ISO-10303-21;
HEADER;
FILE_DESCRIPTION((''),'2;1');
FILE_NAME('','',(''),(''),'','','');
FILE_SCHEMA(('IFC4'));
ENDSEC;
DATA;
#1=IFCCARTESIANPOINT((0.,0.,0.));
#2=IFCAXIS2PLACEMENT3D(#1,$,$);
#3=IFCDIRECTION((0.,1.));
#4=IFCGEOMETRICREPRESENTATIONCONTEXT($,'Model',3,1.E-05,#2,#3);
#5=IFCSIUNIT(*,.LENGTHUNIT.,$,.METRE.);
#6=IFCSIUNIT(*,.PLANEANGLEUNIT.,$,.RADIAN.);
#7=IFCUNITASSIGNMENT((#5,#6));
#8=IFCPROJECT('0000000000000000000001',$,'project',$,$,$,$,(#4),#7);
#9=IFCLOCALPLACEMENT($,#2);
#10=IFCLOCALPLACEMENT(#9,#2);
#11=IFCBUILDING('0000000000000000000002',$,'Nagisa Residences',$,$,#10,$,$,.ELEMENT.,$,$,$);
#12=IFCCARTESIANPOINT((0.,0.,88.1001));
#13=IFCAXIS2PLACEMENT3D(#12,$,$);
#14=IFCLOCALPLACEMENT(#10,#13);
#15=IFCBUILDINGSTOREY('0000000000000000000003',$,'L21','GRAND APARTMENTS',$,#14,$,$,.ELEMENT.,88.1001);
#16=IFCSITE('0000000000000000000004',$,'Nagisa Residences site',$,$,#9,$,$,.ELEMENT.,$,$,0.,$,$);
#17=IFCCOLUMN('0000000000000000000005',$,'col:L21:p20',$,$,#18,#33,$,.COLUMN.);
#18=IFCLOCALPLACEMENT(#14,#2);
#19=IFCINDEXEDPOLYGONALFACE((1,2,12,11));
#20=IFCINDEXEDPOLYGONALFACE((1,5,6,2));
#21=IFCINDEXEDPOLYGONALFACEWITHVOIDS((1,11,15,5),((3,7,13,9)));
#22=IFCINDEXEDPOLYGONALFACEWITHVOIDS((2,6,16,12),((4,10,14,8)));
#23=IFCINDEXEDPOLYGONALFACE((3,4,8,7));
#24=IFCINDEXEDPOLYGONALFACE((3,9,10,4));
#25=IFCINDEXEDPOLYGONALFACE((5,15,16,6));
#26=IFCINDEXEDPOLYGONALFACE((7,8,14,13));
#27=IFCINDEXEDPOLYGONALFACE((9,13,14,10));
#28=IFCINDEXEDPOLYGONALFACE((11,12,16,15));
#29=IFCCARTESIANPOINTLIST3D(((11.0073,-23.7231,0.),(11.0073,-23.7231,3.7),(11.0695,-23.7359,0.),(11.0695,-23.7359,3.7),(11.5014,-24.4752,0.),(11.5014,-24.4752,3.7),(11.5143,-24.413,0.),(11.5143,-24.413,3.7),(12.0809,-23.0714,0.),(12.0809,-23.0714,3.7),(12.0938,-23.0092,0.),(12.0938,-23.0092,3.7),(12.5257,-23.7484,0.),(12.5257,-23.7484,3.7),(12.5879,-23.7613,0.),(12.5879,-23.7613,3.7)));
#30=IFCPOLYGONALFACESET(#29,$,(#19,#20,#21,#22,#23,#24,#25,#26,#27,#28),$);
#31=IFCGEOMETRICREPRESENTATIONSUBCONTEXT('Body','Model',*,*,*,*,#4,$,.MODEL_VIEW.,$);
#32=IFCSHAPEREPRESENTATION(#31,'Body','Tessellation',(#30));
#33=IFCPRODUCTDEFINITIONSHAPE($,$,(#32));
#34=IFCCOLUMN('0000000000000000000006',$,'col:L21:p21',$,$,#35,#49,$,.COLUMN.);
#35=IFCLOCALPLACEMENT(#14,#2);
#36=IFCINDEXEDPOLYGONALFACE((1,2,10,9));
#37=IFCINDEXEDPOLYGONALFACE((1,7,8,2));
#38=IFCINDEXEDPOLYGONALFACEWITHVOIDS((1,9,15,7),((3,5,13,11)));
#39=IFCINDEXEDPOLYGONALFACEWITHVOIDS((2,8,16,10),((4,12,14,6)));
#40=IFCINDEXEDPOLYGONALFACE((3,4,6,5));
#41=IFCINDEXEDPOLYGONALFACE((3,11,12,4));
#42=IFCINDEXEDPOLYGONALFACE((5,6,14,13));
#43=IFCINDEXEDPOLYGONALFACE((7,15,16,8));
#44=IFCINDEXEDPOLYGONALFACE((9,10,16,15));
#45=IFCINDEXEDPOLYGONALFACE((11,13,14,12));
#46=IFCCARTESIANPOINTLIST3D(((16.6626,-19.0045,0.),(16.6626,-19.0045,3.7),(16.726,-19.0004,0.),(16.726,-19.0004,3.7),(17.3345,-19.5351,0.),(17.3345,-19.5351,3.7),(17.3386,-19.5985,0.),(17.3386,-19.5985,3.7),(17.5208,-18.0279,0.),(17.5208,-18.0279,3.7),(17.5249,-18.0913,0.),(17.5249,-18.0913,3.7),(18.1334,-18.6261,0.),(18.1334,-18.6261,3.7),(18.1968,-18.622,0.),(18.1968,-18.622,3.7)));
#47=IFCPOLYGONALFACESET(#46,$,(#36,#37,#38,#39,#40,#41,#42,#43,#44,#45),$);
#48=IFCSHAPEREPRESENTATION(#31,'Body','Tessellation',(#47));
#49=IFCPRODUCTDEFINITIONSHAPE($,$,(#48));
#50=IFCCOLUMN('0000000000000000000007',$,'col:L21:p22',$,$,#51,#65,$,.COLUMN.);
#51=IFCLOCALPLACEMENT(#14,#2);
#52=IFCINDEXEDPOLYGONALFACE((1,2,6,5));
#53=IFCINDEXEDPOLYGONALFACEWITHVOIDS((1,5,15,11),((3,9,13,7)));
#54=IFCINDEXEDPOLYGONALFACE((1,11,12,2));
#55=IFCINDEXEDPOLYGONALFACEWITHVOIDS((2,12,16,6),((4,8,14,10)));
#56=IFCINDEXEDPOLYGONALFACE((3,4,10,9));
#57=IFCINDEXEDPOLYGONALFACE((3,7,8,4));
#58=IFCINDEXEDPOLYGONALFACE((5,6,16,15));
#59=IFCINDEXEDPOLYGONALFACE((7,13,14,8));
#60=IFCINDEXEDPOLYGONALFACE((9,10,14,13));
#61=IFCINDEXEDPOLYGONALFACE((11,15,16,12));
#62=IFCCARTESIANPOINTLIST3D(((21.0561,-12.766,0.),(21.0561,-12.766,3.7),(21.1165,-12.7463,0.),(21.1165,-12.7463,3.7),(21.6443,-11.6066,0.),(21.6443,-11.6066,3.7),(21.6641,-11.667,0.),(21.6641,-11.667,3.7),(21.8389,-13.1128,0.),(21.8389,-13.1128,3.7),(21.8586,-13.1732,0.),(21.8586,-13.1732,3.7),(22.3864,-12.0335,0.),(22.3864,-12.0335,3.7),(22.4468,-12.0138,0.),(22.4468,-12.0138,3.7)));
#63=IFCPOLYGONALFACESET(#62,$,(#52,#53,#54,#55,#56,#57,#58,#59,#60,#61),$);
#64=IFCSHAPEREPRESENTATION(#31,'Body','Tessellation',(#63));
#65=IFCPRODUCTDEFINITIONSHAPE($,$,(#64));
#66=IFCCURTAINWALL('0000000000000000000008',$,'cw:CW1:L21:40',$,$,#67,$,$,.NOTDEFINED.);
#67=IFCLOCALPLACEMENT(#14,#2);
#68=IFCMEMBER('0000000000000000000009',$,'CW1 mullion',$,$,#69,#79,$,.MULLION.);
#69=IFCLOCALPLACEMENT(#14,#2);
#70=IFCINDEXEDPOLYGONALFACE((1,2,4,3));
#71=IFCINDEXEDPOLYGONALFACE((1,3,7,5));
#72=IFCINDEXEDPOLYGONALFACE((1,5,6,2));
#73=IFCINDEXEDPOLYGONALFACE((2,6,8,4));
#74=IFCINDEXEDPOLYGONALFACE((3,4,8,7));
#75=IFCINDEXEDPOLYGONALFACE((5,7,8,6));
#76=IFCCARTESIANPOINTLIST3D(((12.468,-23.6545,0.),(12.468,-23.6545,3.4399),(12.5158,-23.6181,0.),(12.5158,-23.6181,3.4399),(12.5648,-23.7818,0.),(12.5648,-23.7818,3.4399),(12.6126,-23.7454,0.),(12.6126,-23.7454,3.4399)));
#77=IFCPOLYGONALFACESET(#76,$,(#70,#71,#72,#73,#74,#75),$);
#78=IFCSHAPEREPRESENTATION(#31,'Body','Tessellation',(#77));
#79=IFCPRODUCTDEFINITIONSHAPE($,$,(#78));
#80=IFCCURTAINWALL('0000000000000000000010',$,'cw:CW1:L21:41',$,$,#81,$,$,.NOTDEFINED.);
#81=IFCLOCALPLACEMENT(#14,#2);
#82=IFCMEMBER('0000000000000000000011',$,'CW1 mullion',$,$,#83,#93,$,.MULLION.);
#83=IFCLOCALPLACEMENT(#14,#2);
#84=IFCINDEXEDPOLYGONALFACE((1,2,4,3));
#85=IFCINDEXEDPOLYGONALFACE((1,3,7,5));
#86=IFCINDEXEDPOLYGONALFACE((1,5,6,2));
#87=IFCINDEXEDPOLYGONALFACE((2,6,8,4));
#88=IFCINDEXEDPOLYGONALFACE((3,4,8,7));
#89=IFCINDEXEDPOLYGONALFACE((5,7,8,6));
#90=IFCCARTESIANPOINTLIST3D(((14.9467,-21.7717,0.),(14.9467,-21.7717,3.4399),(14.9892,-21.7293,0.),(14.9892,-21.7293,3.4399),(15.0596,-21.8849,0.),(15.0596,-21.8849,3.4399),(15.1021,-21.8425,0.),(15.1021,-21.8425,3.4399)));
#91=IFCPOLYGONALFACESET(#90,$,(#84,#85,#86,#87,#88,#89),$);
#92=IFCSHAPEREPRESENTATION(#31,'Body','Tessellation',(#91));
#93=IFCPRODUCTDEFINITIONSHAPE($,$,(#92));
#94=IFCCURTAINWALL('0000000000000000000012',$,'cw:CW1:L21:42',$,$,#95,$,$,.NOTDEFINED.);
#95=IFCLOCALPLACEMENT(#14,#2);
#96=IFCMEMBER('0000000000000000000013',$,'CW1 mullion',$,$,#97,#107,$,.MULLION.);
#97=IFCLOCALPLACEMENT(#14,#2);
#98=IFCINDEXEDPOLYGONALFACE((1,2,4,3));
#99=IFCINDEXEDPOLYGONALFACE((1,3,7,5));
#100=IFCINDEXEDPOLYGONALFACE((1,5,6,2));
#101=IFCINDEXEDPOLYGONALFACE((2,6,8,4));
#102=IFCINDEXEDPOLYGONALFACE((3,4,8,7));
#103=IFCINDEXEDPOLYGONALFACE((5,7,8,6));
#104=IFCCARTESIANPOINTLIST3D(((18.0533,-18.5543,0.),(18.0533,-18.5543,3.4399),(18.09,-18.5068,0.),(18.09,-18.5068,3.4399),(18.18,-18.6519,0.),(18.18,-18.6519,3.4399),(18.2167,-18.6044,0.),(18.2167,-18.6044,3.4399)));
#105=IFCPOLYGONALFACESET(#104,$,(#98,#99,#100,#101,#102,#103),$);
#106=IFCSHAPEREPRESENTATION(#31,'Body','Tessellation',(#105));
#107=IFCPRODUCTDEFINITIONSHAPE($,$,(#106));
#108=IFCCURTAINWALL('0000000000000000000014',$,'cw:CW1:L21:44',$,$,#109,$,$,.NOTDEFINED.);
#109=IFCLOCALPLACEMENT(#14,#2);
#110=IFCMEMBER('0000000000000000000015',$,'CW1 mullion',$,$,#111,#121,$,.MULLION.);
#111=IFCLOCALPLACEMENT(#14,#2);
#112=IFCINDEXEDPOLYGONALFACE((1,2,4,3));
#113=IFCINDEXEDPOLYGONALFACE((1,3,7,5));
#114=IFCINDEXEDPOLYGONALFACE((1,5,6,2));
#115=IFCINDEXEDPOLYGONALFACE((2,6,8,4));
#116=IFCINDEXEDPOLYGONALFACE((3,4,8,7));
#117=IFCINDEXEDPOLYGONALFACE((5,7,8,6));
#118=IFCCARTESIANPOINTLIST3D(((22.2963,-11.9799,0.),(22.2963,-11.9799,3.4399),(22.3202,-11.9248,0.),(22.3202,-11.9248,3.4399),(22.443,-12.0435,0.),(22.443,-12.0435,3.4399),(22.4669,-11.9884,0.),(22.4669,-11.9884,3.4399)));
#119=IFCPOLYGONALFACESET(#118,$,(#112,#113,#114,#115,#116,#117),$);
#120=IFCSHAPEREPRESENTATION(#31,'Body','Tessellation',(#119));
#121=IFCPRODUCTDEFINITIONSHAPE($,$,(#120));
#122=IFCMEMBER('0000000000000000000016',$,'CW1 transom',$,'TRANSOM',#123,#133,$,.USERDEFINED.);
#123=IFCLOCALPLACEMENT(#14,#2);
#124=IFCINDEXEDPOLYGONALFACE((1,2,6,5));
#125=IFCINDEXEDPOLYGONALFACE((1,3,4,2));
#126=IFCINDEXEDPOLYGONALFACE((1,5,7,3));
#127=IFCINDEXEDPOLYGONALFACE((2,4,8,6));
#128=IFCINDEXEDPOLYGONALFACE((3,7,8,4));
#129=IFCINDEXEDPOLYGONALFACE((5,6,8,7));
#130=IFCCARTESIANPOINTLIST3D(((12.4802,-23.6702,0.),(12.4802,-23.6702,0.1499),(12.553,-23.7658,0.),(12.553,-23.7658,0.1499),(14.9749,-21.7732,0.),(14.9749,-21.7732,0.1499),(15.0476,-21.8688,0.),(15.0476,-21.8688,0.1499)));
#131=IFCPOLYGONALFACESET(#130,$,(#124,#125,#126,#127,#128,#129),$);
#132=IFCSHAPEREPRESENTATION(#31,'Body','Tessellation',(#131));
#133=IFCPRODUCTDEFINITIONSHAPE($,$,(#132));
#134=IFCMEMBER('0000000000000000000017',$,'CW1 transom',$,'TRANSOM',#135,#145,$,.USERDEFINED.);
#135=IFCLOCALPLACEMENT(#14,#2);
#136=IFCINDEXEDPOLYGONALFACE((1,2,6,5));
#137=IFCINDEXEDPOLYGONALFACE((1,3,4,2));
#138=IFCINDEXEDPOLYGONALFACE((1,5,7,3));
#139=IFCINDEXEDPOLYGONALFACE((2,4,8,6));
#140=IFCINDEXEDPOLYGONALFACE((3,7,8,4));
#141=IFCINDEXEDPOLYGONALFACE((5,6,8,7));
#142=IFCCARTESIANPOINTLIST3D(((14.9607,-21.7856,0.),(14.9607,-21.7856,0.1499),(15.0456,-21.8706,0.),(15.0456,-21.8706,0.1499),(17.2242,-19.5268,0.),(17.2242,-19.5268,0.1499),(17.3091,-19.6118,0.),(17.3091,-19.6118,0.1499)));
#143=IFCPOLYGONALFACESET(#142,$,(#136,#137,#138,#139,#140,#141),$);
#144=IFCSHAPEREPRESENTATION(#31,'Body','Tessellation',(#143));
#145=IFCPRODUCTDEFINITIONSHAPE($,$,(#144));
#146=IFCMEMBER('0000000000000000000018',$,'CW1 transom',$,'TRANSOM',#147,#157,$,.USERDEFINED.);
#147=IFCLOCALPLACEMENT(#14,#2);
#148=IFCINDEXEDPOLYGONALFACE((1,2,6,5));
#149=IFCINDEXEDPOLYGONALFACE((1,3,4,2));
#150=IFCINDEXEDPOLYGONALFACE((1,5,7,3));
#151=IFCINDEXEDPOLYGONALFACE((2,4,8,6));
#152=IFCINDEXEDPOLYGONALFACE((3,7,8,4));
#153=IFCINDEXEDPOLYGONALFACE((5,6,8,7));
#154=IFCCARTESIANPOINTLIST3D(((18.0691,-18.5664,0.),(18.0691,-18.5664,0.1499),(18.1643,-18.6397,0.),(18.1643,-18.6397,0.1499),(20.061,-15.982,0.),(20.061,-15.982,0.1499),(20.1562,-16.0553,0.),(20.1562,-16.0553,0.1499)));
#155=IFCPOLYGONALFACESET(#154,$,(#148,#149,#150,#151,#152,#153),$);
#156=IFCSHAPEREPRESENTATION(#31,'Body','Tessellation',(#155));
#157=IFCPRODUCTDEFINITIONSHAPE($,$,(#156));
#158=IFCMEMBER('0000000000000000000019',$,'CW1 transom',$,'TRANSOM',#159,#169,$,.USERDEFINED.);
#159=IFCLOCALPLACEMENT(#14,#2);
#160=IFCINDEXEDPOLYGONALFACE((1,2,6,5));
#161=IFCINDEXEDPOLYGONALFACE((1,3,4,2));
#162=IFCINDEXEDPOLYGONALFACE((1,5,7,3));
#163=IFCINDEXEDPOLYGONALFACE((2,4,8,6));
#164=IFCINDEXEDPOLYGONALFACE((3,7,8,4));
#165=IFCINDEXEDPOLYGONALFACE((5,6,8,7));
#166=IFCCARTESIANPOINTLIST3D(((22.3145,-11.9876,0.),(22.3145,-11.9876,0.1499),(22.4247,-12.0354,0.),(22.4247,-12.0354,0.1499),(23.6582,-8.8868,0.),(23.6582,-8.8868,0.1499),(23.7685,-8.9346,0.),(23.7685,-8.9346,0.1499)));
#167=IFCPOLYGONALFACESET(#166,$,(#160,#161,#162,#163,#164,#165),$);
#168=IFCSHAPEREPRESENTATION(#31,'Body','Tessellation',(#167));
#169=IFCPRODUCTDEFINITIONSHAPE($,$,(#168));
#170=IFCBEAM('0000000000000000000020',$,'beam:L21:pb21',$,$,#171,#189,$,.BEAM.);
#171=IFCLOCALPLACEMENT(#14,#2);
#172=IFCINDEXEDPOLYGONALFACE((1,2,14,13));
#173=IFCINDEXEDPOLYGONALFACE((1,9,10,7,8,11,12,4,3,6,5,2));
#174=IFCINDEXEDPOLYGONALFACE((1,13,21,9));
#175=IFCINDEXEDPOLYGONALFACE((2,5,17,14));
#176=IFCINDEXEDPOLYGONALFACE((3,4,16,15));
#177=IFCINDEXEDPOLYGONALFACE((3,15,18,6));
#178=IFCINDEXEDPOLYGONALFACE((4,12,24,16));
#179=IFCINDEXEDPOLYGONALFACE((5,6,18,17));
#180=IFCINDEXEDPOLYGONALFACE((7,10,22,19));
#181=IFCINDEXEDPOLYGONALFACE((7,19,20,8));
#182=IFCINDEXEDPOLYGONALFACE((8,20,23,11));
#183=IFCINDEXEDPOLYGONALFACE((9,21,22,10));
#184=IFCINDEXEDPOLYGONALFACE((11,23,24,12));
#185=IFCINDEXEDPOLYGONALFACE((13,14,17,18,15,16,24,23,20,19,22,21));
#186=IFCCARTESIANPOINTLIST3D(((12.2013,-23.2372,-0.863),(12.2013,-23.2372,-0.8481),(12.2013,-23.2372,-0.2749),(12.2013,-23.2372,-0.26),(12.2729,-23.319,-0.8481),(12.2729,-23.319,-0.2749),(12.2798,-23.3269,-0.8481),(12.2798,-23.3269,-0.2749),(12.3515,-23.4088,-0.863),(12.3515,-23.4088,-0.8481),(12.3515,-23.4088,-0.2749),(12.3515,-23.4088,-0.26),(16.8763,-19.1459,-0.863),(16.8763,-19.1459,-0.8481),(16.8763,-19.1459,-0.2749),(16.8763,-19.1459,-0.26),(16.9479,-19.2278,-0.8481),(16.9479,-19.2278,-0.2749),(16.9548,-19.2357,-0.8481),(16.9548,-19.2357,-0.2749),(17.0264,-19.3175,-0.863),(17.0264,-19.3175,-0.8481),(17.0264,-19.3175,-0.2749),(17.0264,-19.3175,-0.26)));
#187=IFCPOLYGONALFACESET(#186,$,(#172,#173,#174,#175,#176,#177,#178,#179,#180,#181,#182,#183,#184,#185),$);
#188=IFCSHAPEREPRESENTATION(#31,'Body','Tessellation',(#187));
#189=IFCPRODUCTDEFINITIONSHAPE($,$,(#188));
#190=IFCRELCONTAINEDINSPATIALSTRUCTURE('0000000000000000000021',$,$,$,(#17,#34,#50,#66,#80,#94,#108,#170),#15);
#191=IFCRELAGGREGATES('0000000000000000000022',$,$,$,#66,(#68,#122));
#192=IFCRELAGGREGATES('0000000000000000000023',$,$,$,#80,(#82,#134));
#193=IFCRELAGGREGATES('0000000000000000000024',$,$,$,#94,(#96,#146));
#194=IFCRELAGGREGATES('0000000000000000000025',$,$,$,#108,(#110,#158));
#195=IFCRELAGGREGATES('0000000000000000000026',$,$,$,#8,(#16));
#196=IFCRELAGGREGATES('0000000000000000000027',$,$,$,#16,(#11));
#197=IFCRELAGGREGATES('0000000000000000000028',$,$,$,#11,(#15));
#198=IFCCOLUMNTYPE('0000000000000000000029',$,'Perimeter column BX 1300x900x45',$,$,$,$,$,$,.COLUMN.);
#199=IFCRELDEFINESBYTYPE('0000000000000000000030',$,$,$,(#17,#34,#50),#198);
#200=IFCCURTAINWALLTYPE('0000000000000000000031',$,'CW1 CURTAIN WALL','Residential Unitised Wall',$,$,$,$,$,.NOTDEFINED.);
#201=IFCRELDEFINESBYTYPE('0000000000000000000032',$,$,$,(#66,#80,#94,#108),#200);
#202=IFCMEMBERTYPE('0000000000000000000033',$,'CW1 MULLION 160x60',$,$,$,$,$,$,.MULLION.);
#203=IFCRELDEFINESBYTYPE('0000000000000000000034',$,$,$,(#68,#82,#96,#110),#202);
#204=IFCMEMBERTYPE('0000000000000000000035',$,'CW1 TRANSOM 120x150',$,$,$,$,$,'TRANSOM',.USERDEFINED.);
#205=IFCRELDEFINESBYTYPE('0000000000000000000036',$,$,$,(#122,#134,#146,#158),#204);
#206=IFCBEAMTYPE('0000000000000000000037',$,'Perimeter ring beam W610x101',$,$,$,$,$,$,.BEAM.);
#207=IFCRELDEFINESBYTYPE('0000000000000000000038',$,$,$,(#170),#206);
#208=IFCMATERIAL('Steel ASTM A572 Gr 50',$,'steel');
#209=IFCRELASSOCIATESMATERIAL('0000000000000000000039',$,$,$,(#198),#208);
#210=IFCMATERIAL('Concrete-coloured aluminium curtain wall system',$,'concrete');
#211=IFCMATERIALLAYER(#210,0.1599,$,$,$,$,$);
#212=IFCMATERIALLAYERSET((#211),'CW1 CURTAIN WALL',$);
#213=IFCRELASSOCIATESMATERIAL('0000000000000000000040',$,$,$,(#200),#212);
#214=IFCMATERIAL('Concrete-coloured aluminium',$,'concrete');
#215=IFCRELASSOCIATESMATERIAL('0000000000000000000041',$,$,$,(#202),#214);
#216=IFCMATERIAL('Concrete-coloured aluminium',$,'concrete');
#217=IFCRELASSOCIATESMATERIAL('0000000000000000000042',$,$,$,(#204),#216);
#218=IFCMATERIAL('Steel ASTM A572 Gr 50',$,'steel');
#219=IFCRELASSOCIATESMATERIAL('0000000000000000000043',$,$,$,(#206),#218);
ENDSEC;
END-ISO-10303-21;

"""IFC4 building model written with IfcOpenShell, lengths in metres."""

from ifc_helpers import new_model, si_unit, direction, frame, origin, origin_2d, place, context, subcontext, project, spatial, rectangle, hollow_rectangle, i_section, extrude, material, layer, layer_set, material_profile, profile_set, type_object, element, aggregate, save


model = new_model("IFC4")

# Units and contexts
model_context = context("Model", 3, precision=1e-05, world=origin(), true_north=direction((0.0, 1.0)))
body_context = subcontext(model_context, "Body", "Model", "MODEL_VIEW")
ifc_project = project(units=[si_unit("LENGTHUNIT", "METRE"), si_unit("PLANEANGLEUNIT", "RADIAN")], contexts=[model_context])

# Site, building, storey
site_placement = place(None, origin())
site = spatial("IfcSite", under=ifc_project, at=site_placement, Name="Nagisa Residences site", CompositionType="ELEMENT", RefElevation=0.0)
building_placement = place(site_placement, origin())
building = spatial("IfcBuilding", under=site, at=building_placement, Name="Nagisa Residences", CompositionType="ELEMENT")
storey_placement = place(building_placement, frame((0.0, 0.0, 88.1001)))
storey = spatial("IfcBuildingStorey", under=building, at=storey_placement, Name="L21", Description="GRAND APARTMENTS", CompositionType="ELEMENT", Elevation=88.1001)

# Columns
ifc_material_1 = material(Name="Steel ASTM A572 Gr 50", Category="steel")
ifc_material_profile_1 = material_profile(ifc_material_1, hollow_rectangle(XDim=1.3, YDim=0.8999, WallThickness=0.0449, at=origin_2d()), Name="BX 1300x900x45")
ifc_profile_set_1 = profile_set([ifc_material_profile_1], Name="Steel ASTM A572 Gr 50")
column_type = type_object("IfcColumnType", Name="Perimeter column BX 1300x900x45", PredefinedType="COLUMN", material=ifc_profile_set_1)
for number, where, z_axis, x_axis, name in (
    (1, (11.7976, -23.7422, 0.0), (0.0, 0.0, 1.0), (0.835766, 0.549086, 0.0), "col:L21:p20"),
    (2, (17.4297, -18.8132, 0.0), (0.0, 0.0, 1.0), (0.660115, 0.751165, 0.0), "col:L21:p21"),
    (3, (21.7515, -12.3899, 0.0), (0.0, 0.0, 1.0), (0.452463, 0.891783, 0.0), "col:L21:p22"),
):
    element("IfcColumn", number, at=place(storey_placement, frame(where, z_axis=z_axis, x_axis=x_axis)), inside=storey, type_object=column_type, Name=name, PredefinedType="COLUMN", context=body_context, shape_type="SweptSolid", body=[
        extrude(hollow_rectangle(XDim=1.3, YDim=0.8999, WallThickness=0.0449, at=origin_2d()), origin(), (0.0, 0.0, 1.0), 3.7),
    ])

# Curtain walls, members
ifc_material_2 = material(Name="Concrete-coloured aluminium curtain wall system", Category="concrete")
ifc_layer_1 = layer(ifc_material_2, 0.1599)
ifc_layer_set_1 = layer_set([ifc_layer_1], Name="CW1 CURTAIN WALL")
curtain_wall_type = type_object("IfcCurtainWallType", Name="CW1 CURTAIN WALL", Description="Residential Unitised Wall", PredefinedType="NOTDEFINED", material=ifc_layer_set_1)
curtain_wall_1_placement = place(storey_placement, origin())
curtain_wall_1 = element("IfcCurtainWall", 4, at=curtain_wall_1_placement, inside=storey, type_object=curtain_wall_type, Name="cw:CW1:L21:40", PredefinedType="NOTDEFINED")
ifc_material_3 = material(Name="Concrete-coloured aluminium", Category="concrete")
ifc_material_profile_2 = material_profile(ifc_material_3, rectangle(XDim=0.1599, YDim=0.0601, at=origin_2d()), Name="CW1 MULLION 160x60")
ifc_profile_set_2 = profile_set([ifc_material_profile_2], Name="Concrete-coloured aluminium")
member_type_1 = type_object("IfcMemberType", Name="CW1 MULLION 160x60", PredefinedType="MULLION", material=ifc_profile_set_2)
member_1_placement = place(storey_placement, frame((12.5403, -23.7, 0.0), z_axis=(0.0, 0.0, 1.0), x_axis=(-0.605255, 0.796031, 0.0)))
member_1 = element("IfcMember", 5, at=member_1_placement, type_object=member_type_1, Name="CW1 mullion", PredefinedType="MULLION", context=body_context, shape_type="SweptSolid", body=[
    extrude(rectangle(XDim=0.1599, YDim=0.0601, at=origin_2d()), origin(), (0.0, 0.0, 1.0), 3.4399),
])
curtain_wall_2_placement = place(storey_placement, origin())
curtain_wall_2 = element("IfcCurtainWall", 6, at=curtain_wall_2_placement, inside=storey, type_object=curtain_wall_type, Name="cw:CW1:L21:41", PredefinedType="NOTDEFINED")
member_2_placement = place(storey_placement, frame((15.0244, -21.8071, 0.0), z_axis=(0.0, 0.0, 1.0), x_axis=(-0.706377, 0.707836, 0.0)))
member_2 = element("IfcMember", 7, at=member_2_placement, type_object=member_type_1, Name="CW1 mullion", PredefinedType="MULLION", context=body_context, shape_type="SweptSolid", body=[
    extrude(rectangle(XDim=0.1599, YDim=0.0601, at=origin_2d()), origin(), (0.0, 0.0, 1.0), 3.4399),
])
curtain_wall_3_placement = place(storey_placement, origin())
curtain_wall_3 = element("IfcCurtainWall", 8, at=curtain_wall_3_placement, inside=storey, type_object=curtain_wall_type, Name="cw:CW1:L21:42", PredefinedType="NOTDEFINED")
member_3_placement = place(storey_placement, frame((18.135, -18.5793, 0.0), z_axis=(0.0, 0.0, 1.0), x_axis=(-0.79207, 0.61043, 0.0)))
member_3 = element("IfcMember", 9, at=member_3_placement, type_object=member_type_1, Name="CW1 mullion", PredefinedType="MULLION", context=body_context, shape_type="SweptSolid", body=[
    extrude(rectangle(XDim=0.1599, YDim=0.0601, at=origin_2d()), origin(), (0.0, 0.0, 1.0), 3.4399),
])
curtain_wall_4_placement = place(storey_placement, origin())
curtain_wall_4 = element("IfcCurtainWall", 10, at=curtain_wall_4_placement, inside=storey, type_object=curtain_wall_type, Name="cw:CW1:L21:44", PredefinedType="NOTDEFINED")
member_4_placement = place(storey_placement, frame((22.3816, -11.9841, 0.0), z_axis=(0.0, 0.0, 1.0), x_axis=(-0.917543, 0.397636, 0.0)))
member_4 = element("IfcMember", 11, at=member_4_placement, type_object=member_type_1, Name="CW1 mullion", PredefinedType="MULLION", context=body_context, shape_type="SweptSolid", body=[
    extrude(rectangle(XDim=0.1599, YDim=0.0601, at=origin_2d()), origin(), (0.0, 0.0, 1.0), 3.4399),
])

# Members
ifc_material_4 = material(Name="Concrete-coloured aluminium", Category="concrete")
ifc_material_profile_3 = material_profile(ifc_material_4, rectangle(XDim=0.1201, YDim=0.1499, at=origin_2d()), Name="CW1 TRANSOM 120x150")
ifc_profile_set_3 = profile_set([ifc_material_profile_3], Name="Concrete-coloured aluminium")
member_type_2 = type_object("IfcMemberType", Name="CW1 TRANSOM 120x150", ElementType="TRANSOM", PredefinedType="USERDEFINED", material=ifc_profile_set_3)
member_5_placement = place(storey_placement, frame((12.5166, -23.718, 0.075), z_axis=(0.796, 0.605297, 0.0), x_axis=(-0.605297, 0.796, 0.0)))
member_5 = element("IfcMember", 12, at=member_5_placement, type_object=member_type_2, Name="CW1 transom", ObjectType="TRANSOM", PredefinedType="USERDEFINED", context=body_context, shape_type="SweptSolid", body=[
    extrude(rectangle(XDim=0.1201, YDim=0.1499, at=origin_2d()), origin(), (0.0, 0.0, 1.0), 3.134),
])
member_6_placement = place(storey_placement, frame((15.0032, -21.8281, 0.075), z_axis=(0.707832, 0.706381, 0.0), x_axis=(-0.706381, 0.707832, 0.0)))
member_6 = element("IfcMember", 13, at=member_6_placement, type_object=member_type_2, Name="CW1 transom", ObjectType="TRANSOM", PredefinedType="USERDEFINED", context=body_context, shape_type="SweptSolid", body=[
    extrude(rectangle(XDim=0.1201, YDim=0.1499, at=origin_2d()), origin(), (0.0, 0.0, 1.0), 3.1978),
])
member_7_placement = place(storey_placement, frame((18.1167, -18.603, 0.075), z_axis=(0.610459, 0.792048, 0.0), x_axis=(-0.792048, 0.610459, 0.0)))
member_7 = element("IfcMember", 14, at=member_7_placement, type_object=member_type_2, Name="CW1 transom", ObjectType="TRANSOM", PredefinedType="USERDEFINED", context=body_context, shape_type="SweptSolid", body=[
    extrude(rectangle(XDim=0.1201, YDim=0.1499, at=origin_2d()), origin(), (0.0, 0.0, 1.0), 3.2629),
])
member_8_placement = place(storey_placement, frame((22.3696, -12.0115, 0.075), z_axis=(0.397622, 0.917549, 0.0), x_axis=(-0.917549, 0.397622, 0.0)))
member_8 = element("IfcMember", 15, at=member_8_placement, type_object=member_type_2, Name="CW1 transom", ObjectType="TRANSOM", PredefinedType="USERDEFINED", context=body_context, shape_type="SweptSolid", body=[
    extrude(rectangle(XDim=0.1201, YDim=0.1499, at=origin_2d()), origin(), (0.0, 0.0, 1.0), 3.3794),
])

# Beam
ifc_material_5 = material(Name="Steel ASTM A572 Gr 50", Category="steel")
ifc_material_profile_4 = material_profile(ifc_material_5, i_section(OverallWidth=0.228, OverallDepth=0.603, WebThickness=0.0105, FlangeThickness=0.0149, at=origin_2d()), Name="W610x101")
ifc_profile_set_4 = profile_set([ifc_material_profile_4], Name="Steel ASTM A572 Gr 50")
beam_type_1 = type_object("IfcBeamType", Name="Perimeter ring beam W610x101", PredefinedType="BEAM", material=ifc_profile_set_4)
beam_1_placement = place(storey_placement, frame((12.2764, -23.323, -0.5615), z_axis=(0.752526, 0.658563, 0.0), x_axis=(-0.658563, 0.752526, 0.0)))
element("IfcBeam", 16, at=beam_1_placement, inside=storey, type_object=beam_type_1, Name="beam:L21:pb21", PredefinedType="BEAM", context=body_context, shape_type="SweptSolid", body=[
    extrude(i_section(OverallWidth=0.228, OverallDepth=0.603, WebThickness=0.0105, FlangeThickness=0.0149, at=origin_2d()), origin(), (0.0, 0.0, 1.0), 6.2124),
])

aggregate(curtain_wall_1, [member_1, member_5])
aggregate(curtain_wall_2, [member_2, member_6])
aggregate(curtain_wall_3, [member_3, member_7])
aggregate(curtain_wall_4, [member_4, member_8])

save(model, "model.ifc")
